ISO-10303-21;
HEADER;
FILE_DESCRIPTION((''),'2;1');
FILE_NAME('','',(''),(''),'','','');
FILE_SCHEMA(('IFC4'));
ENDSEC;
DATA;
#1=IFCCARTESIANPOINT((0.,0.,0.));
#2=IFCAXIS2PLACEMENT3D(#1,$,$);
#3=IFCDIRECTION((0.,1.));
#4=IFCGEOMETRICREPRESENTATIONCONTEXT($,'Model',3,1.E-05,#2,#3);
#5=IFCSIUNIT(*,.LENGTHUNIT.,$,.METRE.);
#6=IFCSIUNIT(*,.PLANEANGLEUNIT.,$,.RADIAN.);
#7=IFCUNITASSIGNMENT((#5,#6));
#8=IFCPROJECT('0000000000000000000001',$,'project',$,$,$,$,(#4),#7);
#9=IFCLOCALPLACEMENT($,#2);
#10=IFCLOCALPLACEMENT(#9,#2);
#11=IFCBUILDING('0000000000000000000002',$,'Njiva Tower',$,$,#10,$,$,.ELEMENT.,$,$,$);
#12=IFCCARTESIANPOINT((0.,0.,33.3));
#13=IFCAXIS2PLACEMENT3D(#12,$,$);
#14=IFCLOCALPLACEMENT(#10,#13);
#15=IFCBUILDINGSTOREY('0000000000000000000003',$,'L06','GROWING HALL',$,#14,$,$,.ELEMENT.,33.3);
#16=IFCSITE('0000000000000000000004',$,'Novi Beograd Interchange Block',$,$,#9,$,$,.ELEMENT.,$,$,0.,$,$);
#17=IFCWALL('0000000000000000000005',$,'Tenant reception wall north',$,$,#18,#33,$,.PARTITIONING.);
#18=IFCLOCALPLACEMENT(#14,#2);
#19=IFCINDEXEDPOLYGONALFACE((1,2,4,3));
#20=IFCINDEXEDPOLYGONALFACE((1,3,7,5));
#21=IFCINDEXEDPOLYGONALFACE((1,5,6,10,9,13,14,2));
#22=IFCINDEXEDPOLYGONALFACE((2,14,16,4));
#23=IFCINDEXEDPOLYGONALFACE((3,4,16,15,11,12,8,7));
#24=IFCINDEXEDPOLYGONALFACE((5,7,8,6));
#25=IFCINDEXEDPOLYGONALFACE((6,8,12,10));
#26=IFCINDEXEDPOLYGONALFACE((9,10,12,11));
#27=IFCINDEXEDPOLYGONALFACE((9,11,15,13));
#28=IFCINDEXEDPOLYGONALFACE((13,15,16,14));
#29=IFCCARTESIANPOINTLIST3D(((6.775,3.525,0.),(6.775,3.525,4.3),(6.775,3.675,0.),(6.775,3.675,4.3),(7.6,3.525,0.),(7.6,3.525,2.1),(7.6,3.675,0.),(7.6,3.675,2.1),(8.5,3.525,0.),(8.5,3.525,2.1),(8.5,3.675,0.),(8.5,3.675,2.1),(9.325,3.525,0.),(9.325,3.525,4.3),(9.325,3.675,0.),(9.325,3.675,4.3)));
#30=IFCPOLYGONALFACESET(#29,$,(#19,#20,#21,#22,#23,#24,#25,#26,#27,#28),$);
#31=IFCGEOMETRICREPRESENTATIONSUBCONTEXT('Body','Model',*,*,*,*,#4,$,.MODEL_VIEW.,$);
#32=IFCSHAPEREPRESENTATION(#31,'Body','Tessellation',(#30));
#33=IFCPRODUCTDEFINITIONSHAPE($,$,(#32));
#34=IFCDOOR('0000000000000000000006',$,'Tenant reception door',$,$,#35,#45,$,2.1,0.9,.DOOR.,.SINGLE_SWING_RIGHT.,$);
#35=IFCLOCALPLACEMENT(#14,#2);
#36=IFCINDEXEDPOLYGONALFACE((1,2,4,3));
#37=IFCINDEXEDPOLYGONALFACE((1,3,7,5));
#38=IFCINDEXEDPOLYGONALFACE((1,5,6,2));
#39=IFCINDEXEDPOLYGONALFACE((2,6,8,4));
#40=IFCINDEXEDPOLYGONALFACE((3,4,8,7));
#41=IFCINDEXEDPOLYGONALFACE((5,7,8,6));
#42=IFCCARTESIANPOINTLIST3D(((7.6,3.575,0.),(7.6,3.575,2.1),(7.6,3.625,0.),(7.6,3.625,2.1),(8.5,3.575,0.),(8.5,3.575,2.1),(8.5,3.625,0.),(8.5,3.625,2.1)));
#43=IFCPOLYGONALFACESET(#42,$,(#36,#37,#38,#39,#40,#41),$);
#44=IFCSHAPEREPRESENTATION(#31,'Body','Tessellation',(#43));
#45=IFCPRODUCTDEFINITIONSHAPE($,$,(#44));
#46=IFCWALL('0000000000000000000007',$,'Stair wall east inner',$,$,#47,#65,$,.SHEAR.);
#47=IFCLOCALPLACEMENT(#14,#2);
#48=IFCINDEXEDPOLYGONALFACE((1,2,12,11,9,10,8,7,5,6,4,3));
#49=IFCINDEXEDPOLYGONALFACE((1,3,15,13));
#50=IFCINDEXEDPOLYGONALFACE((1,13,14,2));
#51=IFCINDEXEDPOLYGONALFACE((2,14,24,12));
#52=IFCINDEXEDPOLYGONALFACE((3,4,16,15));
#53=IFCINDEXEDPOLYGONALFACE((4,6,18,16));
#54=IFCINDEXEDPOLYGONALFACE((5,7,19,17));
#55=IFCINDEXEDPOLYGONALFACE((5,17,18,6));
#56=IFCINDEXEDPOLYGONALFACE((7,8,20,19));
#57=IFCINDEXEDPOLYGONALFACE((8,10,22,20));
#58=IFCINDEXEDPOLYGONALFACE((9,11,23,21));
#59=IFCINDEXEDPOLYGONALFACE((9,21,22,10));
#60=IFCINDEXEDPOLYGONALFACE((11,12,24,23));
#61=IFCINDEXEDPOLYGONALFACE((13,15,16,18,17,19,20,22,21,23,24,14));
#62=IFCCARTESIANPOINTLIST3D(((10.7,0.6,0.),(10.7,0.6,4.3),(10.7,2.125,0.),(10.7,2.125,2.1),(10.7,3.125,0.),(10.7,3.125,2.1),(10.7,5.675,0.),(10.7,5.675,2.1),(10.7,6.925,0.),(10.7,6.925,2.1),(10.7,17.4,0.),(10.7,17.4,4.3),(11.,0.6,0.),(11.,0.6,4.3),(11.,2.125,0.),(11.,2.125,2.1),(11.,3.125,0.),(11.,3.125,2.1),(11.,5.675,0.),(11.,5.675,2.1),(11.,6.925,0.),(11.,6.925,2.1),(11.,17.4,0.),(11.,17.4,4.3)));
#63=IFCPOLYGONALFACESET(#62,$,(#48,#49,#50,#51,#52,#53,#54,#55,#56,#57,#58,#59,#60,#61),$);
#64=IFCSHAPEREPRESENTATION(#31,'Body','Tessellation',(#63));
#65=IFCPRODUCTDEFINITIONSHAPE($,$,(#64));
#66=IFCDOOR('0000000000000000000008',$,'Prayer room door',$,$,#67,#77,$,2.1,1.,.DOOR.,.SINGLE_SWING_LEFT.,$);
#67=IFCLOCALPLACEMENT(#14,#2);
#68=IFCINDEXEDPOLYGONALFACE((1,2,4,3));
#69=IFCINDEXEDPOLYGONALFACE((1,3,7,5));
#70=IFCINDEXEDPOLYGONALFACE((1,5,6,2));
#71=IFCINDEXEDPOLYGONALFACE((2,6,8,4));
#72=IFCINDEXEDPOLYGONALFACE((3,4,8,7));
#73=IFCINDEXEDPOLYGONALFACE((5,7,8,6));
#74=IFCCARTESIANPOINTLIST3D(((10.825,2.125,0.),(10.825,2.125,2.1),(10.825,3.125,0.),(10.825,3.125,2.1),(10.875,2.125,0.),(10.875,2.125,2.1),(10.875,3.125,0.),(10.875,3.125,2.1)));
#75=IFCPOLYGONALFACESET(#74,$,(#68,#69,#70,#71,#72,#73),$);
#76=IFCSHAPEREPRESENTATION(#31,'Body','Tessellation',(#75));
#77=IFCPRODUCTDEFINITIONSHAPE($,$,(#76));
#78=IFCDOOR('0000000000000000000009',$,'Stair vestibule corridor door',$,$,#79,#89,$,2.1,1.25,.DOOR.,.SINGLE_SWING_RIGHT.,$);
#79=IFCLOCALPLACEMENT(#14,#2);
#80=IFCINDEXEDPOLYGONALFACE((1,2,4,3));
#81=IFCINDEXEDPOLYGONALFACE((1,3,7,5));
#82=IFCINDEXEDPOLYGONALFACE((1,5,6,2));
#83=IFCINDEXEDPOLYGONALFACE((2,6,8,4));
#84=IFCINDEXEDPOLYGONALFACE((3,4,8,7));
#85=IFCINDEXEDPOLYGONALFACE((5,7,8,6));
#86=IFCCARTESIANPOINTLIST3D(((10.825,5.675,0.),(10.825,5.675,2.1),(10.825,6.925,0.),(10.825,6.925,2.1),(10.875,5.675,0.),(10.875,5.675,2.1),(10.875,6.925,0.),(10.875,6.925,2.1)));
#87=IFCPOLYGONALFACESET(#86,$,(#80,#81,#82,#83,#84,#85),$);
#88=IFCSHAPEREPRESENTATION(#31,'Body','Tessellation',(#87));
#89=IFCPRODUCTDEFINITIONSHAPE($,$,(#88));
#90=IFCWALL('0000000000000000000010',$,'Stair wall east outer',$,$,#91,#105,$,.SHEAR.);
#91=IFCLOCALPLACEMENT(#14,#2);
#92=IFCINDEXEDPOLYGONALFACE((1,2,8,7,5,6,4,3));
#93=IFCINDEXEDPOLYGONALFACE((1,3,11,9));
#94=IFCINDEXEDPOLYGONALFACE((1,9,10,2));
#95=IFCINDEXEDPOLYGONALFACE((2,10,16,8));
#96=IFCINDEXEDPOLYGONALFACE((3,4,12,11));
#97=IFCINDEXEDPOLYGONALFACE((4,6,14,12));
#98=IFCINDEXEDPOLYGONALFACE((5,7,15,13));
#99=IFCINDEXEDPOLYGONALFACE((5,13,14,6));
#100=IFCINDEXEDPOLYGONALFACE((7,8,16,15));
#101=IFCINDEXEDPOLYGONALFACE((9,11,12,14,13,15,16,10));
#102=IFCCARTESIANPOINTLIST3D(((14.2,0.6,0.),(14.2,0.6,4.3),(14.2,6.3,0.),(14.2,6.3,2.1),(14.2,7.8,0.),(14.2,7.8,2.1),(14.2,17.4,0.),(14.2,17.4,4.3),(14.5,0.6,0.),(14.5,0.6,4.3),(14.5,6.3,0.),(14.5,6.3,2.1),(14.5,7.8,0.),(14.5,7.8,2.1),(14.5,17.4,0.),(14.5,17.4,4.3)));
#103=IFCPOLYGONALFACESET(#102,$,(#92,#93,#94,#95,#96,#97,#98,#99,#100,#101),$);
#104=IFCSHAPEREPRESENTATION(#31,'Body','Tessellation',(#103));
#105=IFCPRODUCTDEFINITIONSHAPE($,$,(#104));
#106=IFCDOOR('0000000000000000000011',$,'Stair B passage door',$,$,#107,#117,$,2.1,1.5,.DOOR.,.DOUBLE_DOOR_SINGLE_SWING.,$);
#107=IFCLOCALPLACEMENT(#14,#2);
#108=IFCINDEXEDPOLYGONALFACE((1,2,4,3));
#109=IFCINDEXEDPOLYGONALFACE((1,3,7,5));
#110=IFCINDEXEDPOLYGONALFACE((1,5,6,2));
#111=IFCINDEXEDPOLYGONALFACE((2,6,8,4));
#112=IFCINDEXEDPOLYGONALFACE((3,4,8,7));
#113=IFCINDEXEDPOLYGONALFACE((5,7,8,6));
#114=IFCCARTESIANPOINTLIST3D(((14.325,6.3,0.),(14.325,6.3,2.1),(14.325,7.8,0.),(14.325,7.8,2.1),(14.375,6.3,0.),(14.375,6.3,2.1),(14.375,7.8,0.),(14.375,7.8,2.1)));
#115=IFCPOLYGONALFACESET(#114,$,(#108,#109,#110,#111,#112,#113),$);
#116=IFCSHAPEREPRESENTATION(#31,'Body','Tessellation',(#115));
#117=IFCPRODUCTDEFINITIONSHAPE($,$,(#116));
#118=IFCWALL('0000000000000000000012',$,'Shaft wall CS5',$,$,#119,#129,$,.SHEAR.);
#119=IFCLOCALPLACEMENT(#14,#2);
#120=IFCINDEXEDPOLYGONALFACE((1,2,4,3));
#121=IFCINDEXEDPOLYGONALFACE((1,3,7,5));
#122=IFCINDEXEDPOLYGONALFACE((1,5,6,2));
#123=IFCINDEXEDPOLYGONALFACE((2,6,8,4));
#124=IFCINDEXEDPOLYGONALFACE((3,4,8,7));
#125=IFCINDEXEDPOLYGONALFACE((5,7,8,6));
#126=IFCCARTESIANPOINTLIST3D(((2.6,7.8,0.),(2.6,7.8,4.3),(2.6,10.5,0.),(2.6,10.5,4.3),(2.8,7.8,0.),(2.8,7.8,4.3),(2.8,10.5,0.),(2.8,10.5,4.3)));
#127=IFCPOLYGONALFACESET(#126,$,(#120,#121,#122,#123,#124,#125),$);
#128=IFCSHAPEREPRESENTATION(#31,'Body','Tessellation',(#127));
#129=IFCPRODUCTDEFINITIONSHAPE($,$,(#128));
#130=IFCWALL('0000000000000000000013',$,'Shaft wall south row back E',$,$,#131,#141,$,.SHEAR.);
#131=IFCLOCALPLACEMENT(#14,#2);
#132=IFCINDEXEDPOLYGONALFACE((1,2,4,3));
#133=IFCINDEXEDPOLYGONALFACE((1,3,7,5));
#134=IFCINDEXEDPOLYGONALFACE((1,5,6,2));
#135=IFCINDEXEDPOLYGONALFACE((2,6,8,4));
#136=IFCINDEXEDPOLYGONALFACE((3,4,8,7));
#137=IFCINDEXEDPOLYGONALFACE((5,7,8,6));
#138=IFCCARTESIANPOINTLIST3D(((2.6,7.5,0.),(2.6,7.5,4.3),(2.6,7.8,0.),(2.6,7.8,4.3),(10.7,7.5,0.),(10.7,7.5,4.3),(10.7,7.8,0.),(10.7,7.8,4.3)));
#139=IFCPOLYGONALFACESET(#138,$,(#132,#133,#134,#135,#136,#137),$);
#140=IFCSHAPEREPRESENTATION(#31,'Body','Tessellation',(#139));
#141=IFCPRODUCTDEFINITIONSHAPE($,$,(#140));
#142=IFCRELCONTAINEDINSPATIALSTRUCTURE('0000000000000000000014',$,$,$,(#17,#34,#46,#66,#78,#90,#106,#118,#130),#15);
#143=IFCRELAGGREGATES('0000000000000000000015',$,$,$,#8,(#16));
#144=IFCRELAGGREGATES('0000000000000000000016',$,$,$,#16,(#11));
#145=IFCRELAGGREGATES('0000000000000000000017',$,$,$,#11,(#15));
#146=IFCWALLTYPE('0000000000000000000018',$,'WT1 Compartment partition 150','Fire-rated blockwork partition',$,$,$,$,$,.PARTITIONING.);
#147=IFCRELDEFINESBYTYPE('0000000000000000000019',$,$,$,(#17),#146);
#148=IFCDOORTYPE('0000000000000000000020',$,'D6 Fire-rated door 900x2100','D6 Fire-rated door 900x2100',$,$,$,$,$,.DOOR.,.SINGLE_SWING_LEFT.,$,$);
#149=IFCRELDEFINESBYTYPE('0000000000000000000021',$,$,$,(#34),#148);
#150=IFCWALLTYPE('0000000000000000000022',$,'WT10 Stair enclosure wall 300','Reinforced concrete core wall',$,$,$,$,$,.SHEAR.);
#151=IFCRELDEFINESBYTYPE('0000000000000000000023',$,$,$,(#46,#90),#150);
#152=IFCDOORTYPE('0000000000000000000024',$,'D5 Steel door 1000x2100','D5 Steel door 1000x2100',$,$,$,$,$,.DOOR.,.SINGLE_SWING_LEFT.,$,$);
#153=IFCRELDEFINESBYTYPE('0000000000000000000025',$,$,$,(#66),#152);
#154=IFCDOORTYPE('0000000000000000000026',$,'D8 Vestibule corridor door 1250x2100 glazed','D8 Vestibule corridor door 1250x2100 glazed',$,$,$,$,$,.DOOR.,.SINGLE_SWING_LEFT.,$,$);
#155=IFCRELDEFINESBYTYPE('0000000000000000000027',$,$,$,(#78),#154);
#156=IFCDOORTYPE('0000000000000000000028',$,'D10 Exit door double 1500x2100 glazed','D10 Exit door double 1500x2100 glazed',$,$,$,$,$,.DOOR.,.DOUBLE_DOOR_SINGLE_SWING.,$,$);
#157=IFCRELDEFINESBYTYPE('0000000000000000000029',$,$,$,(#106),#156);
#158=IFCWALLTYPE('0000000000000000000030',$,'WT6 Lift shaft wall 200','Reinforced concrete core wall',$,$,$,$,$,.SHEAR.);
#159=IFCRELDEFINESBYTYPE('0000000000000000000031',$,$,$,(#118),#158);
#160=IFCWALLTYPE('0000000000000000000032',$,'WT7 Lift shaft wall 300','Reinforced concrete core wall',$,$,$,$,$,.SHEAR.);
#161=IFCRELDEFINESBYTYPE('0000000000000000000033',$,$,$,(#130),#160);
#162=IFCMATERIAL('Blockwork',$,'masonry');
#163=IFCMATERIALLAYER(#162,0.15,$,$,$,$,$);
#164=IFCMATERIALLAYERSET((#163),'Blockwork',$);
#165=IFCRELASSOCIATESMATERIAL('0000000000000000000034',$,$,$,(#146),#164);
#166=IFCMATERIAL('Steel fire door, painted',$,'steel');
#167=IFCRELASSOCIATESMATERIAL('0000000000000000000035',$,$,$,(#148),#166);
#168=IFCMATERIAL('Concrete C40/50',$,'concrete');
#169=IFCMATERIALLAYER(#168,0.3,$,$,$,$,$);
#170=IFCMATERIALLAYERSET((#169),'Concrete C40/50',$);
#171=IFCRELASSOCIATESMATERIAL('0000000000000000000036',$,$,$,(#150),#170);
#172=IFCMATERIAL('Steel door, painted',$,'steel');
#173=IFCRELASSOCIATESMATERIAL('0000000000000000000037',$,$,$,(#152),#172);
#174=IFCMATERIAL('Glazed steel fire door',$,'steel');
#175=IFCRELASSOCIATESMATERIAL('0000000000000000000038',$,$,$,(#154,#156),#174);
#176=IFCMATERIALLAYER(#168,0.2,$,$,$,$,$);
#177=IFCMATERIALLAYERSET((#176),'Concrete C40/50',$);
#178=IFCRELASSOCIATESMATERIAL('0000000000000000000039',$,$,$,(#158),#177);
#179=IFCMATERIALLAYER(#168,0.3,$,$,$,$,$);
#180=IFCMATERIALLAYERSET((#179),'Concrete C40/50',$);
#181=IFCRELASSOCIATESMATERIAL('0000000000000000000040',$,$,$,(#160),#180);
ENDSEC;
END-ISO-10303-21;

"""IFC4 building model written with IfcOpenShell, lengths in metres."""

from ifc_helpers import new_model, si_unit, direction, frame, frame_2d, origin, place, context, subcontext, project, spatial, rectangle, extrude, material, layer, layer_set, type_object, element, fill, save


model = new_model("IFC4")

# Units and contexts
model_context = context("Model", 3, precision=1e-05, world=origin(), true_north=direction((0.0, 1.0)))
body_context = subcontext(model_context, "Body", "Model", "MODEL_VIEW")
ifc_project = project(units=[si_unit("LENGTHUNIT", "METRE"), si_unit("PLANEANGLEUNIT", "RADIAN")], contexts=[model_context])

# Site, building, storey
site_placement = place(None, origin())
site = spatial("IfcSite", under=ifc_project, at=site_placement, Name="Novi Beograd Interchange Block", CompositionType="ELEMENT", RefElevation=0.0)
building_placement = place(site_placement, origin())
building = spatial("IfcBuilding", under=site, at=building_placement, Name="Njiva Tower", CompositionType="ELEMENT")
storey_placement = place(building_placement, frame((0.0, 0.0, 33.3)))
storey = spatial("IfcBuildingStorey", under=building, at=storey_placement, Name="L06", Description="GROWING HALL", CompositionType="ELEMENT", Elevation=33.3)

# Shared definitions
ifc_material_1 = material(Name="Concrete C40/50", Category="concrete")

# Shared definitions
ifc_material_2 = material(Name="Blockwork", Category="masonry")
ifc_layer_1 = layer(ifc_material_2, 0.15)
ifc_layer_set_1 = layer_set([ifc_layer_1], Name="Blockwork")
wall_type_1 = type_object("IfcWallType", Name="WT1 Compartment partition 150", Description="Fire-rated blockwork partition", PredefinedType="PARTITIONING", material=ifc_layer_set_1)

# Wall, opening, door
wall_1_placement = place(storey_placement, frame((6.775, 3.6, 0.0), z_axis=(0.0, 0.0, 1.0), x_axis=(1.0, 0.0, 0.0)))
wall_1 = element("IfcWall", 1, at=wall_1_placement, inside=storey, type_object=wall_type_1, Name="Tenant reception wall north", PredefinedType="PARTITIONING", context=body_context, shape_type="SweptSolid", body=[
    extrude(rectangle(XDim=2.55, YDim=0.15, at=frame_2d((1.275, 0.0))), origin(), (0.0, 0.0, 1.0), 4.3),
])
opening_1_placement = place(wall_1_placement, frame((0.825, 0.0, 0.0)))
opening_1 = element("IfcOpeningElement", 2, at=opening_1_placement, cuts=wall_1, PredefinedType="OPENING", context=body_context, shape_type="SweptSolid", body=[
    extrude(rectangle(XDim=0.9, YDim=2.1, at=frame_2d((0.45, 1.05))), frame((0.0, 0.085, 0.0), z_axis=(0.0, -1.0, 0.0), x_axis=(1.0, 0.0, 0.0)), (0.0, 0.0, 1.0), 0.17),
])
ifc_material_3 = material(Name="Steel fire door, painted", Category="steel")
door_type_1 = type_object("IfcDoorType", Name="D6 Fire-rated door 900x2100", Description="D6 Fire-rated door 900x2100", OperationType="SINGLE_SWING_LEFT", PredefinedType="DOOR", material=ifc_material_3)
door_1_placement = place(opening_1_placement, origin())
door_1 = element("IfcDoor", 3, at=door_1_placement, inside=storey, type_object=door_type_1, Name="Tenant reception door", OperationType="SINGLE_SWING_RIGHT", OverallHeight=2.1, OverallWidth=0.9, PredefinedType="DOOR", context=body_context, shape_type="SweptSolid", body=[
    extrude(rectangle(XDim=0.9, YDim=2.1, at=frame_2d((0.45, 1.05))), frame((0.0, 0.025, 0.0), z_axis=(0.0, -1.0, 0.0), x_axis=(1.0, 0.0, 0.0)), (0.0, 0.0, 1.0), 0.05),
])
fill(opening_1, door_1)

# Wall, openings, doors
ifc_layer_2 = layer(ifc_material_1, 0.3)
ifc_layer_set_2 = layer_set([ifc_layer_2], Name="Concrete C40/50")
wall_type_2 = type_object("IfcWallType", Name="WT10 Stair enclosure wall 300", Description="Reinforced concrete core wall", PredefinedType="SHEAR", material=ifc_layer_set_2)
wall_2_placement = place(storey_placement, frame((10.85, 0.6, 0.0), z_axis=(0.0, 0.0, 1.0), x_axis=(0.0, 1.0, 0.0)))
wall_2 = element("IfcWall", 4, at=wall_2_placement, inside=storey, type_object=wall_type_2, Name="Stair wall east inner", PredefinedType="SHEAR", context=body_context, shape_type="SweptSolid", body=[
    extrude(rectangle(XDim=16.8, YDim=0.3, at=frame_2d((8.4, 0.0))), origin(), (0.0, 0.0, 1.0), 4.3),
])
opening_2_placement = place(wall_2_placement, frame((5.075, 0.0, 0.0)))
opening_2 = element("IfcOpeningElement", 5, at=opening_2_placement, cuts=wall_2, PredefinedType="OPENING", context=body_context, shape_type="SweptSolid", body=[
    extrude(rectangle(XDim=1.25, YDim=2.1, at=frame_2d((0.625, 1.05))), frame((0.0, 0.16, 0.0), z_axis=(0.0, -1.0, 0.0), x_axis=(1.0, 0.0, 0.0)), (0.0, 0.0, 1.0), 0.32),
])
opening_3_placement = place(wall_2_placement, frame((1.525, 0.0, 0.0)))
opening_3 = element("IfcOpeningElement", 6, at=opening_3_placement, cuts=wall_2, PredefinedType="OPENING", context=body_context, shape_type="SweptSolid", body=[
    extrude(rectangle(XDim=1.0, YDim=2.1, at=frame_2d((0.5, 1.05))), frame((0.0, 0.16, 0.0), z_axis=(0.0, -1.0, 0.0), x_axis=(1.0, 0.0, 0.0)), (0.0, 0.0, 1.0), 0.32),
])
ifc_material_4 = material(Name="Steel door, painted", Category="steel")
door_type_2 = type_object("IfcDoorType", Name="D5 Steel door 1000x2100", Description="D5 Steel door 1000x2100", OperationType="SINGLE_SWING_LEFT", PredefinedType="DOOR", material=ifc_material_4)
door_2_placement = place(opening_3_placement, origin())
door_2 = element("IfcDoor", 7, at=door_2_placement, inside=storey, type_object=door_type_2, Name="Prayer room door", OperationType="SINGLE_SWING_LEFT", OverallHeight=2.1, OverallWidth=1.0, PredefinedType="DOOR", context=body_context, shape_type="SweptSolid", body=[
    extrude(rectangle(XDim=1.0, YDim=2.1, at=frame_2d((0.5, 1.05))), frame((0.0, 0.025, 0.0), z_axis=(0.0, -1.0, 0.0), x_axis=(1.0, 0.0, 0.0)), (0.0, 0.0, 1.0), 0.05),
])
fill(opening_3, door_2)
ifc_material_5 = material(Name="Glazed steel fire door", Category="steel")
door_type_3 = type_object("IfcDoorType", Name="D8 Vestibule corridor door 1250x2100 glazed", Description="D8 Vestibule corridor door 1250x2100 glazed", OperationType="SINGLE_SWING_LEFT", PredefinedType="DOOR", material=ifc_material_5)
door_3_placement = place(opening_2_placement, origin())
door_3 = element("IfcDoor", 8, at=door_3_placement, inside=storey, type_object=door_type_3, Name="Stair vestibule corridor door", OperationType="SINGLE_SWING_RIGHT", OverallHeight=2.1, OverallWidth=1.25, PredefinedType="DOOR", context=body_context, shape_type="SweptSolid", body=[
    extrude(rectangle(XDim=1.25, YDim=2.1, at=frame_2d((0.625, 1.05))), frame((0.0, 0.025, 0.0), z_axis=(0.0, -1.0, 0.0), x_axis=(1.0, 0.0, 0.0)), (0.0, 0.0, 1.0), 0.05),
])
fill(opening_2, door_3)

# Wall, opening, door
wall_3_placement = place(storey_placement, frame((14.35, 0.6, 0.0), z_axis=(0.0, 0.0, 1.0), x_axis=(0.0, 1.0, 0.0)))
wall_3 = element("IfcWall", 9, at=wall_3_placement, inside=storey, type_object=wall_type_2, Name="Stair wall east outer", PredefinedType="SHEAR", context=body_context, shape_type="SweptSolid", body=[
    extrude(rectangle(XDim=16.8, YDim=0.3, at=frame_2d((8.4, 0.0))), origin(), (0.0, 0.0, 1.0), 4.3),
])
opening_4_placement = place(wall_3_placement, frame((5.7, 0.0, 0.0)))
opening_4 = element("IfcOpeningElement", 10, at=opening_4_placement, cuts=wall_3, PredefinedType="OPENING", context=body_context, shape_type="SweptSolid", body=[
    extrude(rectangle(XDim=1.5, YDim=2.1, at=frame_2d((0.75, 1.05))), frame((0.0, 0.16, 0.0), z_axis=(0.0, -1.0, 0.0), x_axis=(1.0, 0.0, 0.0)), (0.0, 0.0, 1.0), 0.32),
])
door_type_4 = type_object("IfcDoorType", Name="D10 Exit door double 1500x2100 glazed", Description="D10 Exit door double 1500x2100 glazed", OperationType="DOUBLE_DOOR_SINGLE_SWING", PredefinedType="DOOR", material=ifc_material_5)
door_4_placement = place(opening_4_placement, origin())
door_4 = element("IfcDoor", 11, at=door_4_placement, inside=storey, type_object=door_type_4, Name="Stair B passage door", OperationType="DOUBLE_DOOR_SINGLE_SWING", OverallHeight=2.1, OverallWidth=1.5, PredefinedType="DOOR", context=body_context, shape_type="SweptSolid", body=[
    extrude(rectangle(XDim=1.5, YDim=2.1, at=frame_2d((0.75, 1.05))), frame((0.0, 0.025, 0.0), z_axis=(0.0, -1.0, 0.0), x_axis=(1.0, 0.0, 0.0)), (0.0, 0.0, 1.0), 0.05),
])
fill(opening_4, door_4)

# Walls
ifc_layer_3 = layer(ifc_material_1, 0.2)
ifc_layer_set_3 = layer_set([ifc_layer_3], Name="Concrete C40/50")
wall_type_3 = type_object("IfcWallType", Name="WT6 Lift shaft wall 200", Description="Reinforced concrete core wall", PredefinedType="SHEAR", material=ifc_layer_set_3)
wall_4_placement = place(storey_placement, frame((2.7, 7.8, 0.0), z_axis=(0.0, 0.0, 1.0), x_axis=(0.0, 1.0, 0.0)))
element("IfcWall", 12, at=wall_4_placement, inside=storey, type_object=wall_type_3, Name="Shaft wall CS5", PredefinedType="SHEAR", context=body_context, shape_type="SweptSolid", body=[
    extrude(rectangle(XDim=2.7, YDim=0.2, at=frame_2d((1.35, 0.0))), origin(), (0.0, 0.0, 1.0), 4.3),
])
ifc_layer_4 = layer(ifc_material_1, 0.3)
ifc_layer_set_4 = layer_set([ifc_layer_4], Name="Concrete C40/50")
wall_type_4 = type_object("IfcWallType", Name="WT7 Lift shaft wall 300", Description="Reinforced concrete core wall", PredefinedType="SHEAR", material=ifc_layer_set_4)
wall_5_placement = place(storey_placement, frame((2.6, 7.65, 0.0), z_axis=(0.0, 0.0, 1.0), x_axis=(1.0, 0.0, 0.0)))
element("IfcWall", 13, at=wall_5_placement, inside=storey, type_object=wall_type_4, Name="Shaft wall south row back E", PredefinedType="SHEAR", context=body_context, shape_type="SweptSolid", body=[
    extrude(rectangle(XDim=8.1, YDim=0.3, at=frame_2d((4.05, 0.0))), origin(), (0.0, 0.0, 1.0), 4.3),
])

save(model, "model.ifc")
